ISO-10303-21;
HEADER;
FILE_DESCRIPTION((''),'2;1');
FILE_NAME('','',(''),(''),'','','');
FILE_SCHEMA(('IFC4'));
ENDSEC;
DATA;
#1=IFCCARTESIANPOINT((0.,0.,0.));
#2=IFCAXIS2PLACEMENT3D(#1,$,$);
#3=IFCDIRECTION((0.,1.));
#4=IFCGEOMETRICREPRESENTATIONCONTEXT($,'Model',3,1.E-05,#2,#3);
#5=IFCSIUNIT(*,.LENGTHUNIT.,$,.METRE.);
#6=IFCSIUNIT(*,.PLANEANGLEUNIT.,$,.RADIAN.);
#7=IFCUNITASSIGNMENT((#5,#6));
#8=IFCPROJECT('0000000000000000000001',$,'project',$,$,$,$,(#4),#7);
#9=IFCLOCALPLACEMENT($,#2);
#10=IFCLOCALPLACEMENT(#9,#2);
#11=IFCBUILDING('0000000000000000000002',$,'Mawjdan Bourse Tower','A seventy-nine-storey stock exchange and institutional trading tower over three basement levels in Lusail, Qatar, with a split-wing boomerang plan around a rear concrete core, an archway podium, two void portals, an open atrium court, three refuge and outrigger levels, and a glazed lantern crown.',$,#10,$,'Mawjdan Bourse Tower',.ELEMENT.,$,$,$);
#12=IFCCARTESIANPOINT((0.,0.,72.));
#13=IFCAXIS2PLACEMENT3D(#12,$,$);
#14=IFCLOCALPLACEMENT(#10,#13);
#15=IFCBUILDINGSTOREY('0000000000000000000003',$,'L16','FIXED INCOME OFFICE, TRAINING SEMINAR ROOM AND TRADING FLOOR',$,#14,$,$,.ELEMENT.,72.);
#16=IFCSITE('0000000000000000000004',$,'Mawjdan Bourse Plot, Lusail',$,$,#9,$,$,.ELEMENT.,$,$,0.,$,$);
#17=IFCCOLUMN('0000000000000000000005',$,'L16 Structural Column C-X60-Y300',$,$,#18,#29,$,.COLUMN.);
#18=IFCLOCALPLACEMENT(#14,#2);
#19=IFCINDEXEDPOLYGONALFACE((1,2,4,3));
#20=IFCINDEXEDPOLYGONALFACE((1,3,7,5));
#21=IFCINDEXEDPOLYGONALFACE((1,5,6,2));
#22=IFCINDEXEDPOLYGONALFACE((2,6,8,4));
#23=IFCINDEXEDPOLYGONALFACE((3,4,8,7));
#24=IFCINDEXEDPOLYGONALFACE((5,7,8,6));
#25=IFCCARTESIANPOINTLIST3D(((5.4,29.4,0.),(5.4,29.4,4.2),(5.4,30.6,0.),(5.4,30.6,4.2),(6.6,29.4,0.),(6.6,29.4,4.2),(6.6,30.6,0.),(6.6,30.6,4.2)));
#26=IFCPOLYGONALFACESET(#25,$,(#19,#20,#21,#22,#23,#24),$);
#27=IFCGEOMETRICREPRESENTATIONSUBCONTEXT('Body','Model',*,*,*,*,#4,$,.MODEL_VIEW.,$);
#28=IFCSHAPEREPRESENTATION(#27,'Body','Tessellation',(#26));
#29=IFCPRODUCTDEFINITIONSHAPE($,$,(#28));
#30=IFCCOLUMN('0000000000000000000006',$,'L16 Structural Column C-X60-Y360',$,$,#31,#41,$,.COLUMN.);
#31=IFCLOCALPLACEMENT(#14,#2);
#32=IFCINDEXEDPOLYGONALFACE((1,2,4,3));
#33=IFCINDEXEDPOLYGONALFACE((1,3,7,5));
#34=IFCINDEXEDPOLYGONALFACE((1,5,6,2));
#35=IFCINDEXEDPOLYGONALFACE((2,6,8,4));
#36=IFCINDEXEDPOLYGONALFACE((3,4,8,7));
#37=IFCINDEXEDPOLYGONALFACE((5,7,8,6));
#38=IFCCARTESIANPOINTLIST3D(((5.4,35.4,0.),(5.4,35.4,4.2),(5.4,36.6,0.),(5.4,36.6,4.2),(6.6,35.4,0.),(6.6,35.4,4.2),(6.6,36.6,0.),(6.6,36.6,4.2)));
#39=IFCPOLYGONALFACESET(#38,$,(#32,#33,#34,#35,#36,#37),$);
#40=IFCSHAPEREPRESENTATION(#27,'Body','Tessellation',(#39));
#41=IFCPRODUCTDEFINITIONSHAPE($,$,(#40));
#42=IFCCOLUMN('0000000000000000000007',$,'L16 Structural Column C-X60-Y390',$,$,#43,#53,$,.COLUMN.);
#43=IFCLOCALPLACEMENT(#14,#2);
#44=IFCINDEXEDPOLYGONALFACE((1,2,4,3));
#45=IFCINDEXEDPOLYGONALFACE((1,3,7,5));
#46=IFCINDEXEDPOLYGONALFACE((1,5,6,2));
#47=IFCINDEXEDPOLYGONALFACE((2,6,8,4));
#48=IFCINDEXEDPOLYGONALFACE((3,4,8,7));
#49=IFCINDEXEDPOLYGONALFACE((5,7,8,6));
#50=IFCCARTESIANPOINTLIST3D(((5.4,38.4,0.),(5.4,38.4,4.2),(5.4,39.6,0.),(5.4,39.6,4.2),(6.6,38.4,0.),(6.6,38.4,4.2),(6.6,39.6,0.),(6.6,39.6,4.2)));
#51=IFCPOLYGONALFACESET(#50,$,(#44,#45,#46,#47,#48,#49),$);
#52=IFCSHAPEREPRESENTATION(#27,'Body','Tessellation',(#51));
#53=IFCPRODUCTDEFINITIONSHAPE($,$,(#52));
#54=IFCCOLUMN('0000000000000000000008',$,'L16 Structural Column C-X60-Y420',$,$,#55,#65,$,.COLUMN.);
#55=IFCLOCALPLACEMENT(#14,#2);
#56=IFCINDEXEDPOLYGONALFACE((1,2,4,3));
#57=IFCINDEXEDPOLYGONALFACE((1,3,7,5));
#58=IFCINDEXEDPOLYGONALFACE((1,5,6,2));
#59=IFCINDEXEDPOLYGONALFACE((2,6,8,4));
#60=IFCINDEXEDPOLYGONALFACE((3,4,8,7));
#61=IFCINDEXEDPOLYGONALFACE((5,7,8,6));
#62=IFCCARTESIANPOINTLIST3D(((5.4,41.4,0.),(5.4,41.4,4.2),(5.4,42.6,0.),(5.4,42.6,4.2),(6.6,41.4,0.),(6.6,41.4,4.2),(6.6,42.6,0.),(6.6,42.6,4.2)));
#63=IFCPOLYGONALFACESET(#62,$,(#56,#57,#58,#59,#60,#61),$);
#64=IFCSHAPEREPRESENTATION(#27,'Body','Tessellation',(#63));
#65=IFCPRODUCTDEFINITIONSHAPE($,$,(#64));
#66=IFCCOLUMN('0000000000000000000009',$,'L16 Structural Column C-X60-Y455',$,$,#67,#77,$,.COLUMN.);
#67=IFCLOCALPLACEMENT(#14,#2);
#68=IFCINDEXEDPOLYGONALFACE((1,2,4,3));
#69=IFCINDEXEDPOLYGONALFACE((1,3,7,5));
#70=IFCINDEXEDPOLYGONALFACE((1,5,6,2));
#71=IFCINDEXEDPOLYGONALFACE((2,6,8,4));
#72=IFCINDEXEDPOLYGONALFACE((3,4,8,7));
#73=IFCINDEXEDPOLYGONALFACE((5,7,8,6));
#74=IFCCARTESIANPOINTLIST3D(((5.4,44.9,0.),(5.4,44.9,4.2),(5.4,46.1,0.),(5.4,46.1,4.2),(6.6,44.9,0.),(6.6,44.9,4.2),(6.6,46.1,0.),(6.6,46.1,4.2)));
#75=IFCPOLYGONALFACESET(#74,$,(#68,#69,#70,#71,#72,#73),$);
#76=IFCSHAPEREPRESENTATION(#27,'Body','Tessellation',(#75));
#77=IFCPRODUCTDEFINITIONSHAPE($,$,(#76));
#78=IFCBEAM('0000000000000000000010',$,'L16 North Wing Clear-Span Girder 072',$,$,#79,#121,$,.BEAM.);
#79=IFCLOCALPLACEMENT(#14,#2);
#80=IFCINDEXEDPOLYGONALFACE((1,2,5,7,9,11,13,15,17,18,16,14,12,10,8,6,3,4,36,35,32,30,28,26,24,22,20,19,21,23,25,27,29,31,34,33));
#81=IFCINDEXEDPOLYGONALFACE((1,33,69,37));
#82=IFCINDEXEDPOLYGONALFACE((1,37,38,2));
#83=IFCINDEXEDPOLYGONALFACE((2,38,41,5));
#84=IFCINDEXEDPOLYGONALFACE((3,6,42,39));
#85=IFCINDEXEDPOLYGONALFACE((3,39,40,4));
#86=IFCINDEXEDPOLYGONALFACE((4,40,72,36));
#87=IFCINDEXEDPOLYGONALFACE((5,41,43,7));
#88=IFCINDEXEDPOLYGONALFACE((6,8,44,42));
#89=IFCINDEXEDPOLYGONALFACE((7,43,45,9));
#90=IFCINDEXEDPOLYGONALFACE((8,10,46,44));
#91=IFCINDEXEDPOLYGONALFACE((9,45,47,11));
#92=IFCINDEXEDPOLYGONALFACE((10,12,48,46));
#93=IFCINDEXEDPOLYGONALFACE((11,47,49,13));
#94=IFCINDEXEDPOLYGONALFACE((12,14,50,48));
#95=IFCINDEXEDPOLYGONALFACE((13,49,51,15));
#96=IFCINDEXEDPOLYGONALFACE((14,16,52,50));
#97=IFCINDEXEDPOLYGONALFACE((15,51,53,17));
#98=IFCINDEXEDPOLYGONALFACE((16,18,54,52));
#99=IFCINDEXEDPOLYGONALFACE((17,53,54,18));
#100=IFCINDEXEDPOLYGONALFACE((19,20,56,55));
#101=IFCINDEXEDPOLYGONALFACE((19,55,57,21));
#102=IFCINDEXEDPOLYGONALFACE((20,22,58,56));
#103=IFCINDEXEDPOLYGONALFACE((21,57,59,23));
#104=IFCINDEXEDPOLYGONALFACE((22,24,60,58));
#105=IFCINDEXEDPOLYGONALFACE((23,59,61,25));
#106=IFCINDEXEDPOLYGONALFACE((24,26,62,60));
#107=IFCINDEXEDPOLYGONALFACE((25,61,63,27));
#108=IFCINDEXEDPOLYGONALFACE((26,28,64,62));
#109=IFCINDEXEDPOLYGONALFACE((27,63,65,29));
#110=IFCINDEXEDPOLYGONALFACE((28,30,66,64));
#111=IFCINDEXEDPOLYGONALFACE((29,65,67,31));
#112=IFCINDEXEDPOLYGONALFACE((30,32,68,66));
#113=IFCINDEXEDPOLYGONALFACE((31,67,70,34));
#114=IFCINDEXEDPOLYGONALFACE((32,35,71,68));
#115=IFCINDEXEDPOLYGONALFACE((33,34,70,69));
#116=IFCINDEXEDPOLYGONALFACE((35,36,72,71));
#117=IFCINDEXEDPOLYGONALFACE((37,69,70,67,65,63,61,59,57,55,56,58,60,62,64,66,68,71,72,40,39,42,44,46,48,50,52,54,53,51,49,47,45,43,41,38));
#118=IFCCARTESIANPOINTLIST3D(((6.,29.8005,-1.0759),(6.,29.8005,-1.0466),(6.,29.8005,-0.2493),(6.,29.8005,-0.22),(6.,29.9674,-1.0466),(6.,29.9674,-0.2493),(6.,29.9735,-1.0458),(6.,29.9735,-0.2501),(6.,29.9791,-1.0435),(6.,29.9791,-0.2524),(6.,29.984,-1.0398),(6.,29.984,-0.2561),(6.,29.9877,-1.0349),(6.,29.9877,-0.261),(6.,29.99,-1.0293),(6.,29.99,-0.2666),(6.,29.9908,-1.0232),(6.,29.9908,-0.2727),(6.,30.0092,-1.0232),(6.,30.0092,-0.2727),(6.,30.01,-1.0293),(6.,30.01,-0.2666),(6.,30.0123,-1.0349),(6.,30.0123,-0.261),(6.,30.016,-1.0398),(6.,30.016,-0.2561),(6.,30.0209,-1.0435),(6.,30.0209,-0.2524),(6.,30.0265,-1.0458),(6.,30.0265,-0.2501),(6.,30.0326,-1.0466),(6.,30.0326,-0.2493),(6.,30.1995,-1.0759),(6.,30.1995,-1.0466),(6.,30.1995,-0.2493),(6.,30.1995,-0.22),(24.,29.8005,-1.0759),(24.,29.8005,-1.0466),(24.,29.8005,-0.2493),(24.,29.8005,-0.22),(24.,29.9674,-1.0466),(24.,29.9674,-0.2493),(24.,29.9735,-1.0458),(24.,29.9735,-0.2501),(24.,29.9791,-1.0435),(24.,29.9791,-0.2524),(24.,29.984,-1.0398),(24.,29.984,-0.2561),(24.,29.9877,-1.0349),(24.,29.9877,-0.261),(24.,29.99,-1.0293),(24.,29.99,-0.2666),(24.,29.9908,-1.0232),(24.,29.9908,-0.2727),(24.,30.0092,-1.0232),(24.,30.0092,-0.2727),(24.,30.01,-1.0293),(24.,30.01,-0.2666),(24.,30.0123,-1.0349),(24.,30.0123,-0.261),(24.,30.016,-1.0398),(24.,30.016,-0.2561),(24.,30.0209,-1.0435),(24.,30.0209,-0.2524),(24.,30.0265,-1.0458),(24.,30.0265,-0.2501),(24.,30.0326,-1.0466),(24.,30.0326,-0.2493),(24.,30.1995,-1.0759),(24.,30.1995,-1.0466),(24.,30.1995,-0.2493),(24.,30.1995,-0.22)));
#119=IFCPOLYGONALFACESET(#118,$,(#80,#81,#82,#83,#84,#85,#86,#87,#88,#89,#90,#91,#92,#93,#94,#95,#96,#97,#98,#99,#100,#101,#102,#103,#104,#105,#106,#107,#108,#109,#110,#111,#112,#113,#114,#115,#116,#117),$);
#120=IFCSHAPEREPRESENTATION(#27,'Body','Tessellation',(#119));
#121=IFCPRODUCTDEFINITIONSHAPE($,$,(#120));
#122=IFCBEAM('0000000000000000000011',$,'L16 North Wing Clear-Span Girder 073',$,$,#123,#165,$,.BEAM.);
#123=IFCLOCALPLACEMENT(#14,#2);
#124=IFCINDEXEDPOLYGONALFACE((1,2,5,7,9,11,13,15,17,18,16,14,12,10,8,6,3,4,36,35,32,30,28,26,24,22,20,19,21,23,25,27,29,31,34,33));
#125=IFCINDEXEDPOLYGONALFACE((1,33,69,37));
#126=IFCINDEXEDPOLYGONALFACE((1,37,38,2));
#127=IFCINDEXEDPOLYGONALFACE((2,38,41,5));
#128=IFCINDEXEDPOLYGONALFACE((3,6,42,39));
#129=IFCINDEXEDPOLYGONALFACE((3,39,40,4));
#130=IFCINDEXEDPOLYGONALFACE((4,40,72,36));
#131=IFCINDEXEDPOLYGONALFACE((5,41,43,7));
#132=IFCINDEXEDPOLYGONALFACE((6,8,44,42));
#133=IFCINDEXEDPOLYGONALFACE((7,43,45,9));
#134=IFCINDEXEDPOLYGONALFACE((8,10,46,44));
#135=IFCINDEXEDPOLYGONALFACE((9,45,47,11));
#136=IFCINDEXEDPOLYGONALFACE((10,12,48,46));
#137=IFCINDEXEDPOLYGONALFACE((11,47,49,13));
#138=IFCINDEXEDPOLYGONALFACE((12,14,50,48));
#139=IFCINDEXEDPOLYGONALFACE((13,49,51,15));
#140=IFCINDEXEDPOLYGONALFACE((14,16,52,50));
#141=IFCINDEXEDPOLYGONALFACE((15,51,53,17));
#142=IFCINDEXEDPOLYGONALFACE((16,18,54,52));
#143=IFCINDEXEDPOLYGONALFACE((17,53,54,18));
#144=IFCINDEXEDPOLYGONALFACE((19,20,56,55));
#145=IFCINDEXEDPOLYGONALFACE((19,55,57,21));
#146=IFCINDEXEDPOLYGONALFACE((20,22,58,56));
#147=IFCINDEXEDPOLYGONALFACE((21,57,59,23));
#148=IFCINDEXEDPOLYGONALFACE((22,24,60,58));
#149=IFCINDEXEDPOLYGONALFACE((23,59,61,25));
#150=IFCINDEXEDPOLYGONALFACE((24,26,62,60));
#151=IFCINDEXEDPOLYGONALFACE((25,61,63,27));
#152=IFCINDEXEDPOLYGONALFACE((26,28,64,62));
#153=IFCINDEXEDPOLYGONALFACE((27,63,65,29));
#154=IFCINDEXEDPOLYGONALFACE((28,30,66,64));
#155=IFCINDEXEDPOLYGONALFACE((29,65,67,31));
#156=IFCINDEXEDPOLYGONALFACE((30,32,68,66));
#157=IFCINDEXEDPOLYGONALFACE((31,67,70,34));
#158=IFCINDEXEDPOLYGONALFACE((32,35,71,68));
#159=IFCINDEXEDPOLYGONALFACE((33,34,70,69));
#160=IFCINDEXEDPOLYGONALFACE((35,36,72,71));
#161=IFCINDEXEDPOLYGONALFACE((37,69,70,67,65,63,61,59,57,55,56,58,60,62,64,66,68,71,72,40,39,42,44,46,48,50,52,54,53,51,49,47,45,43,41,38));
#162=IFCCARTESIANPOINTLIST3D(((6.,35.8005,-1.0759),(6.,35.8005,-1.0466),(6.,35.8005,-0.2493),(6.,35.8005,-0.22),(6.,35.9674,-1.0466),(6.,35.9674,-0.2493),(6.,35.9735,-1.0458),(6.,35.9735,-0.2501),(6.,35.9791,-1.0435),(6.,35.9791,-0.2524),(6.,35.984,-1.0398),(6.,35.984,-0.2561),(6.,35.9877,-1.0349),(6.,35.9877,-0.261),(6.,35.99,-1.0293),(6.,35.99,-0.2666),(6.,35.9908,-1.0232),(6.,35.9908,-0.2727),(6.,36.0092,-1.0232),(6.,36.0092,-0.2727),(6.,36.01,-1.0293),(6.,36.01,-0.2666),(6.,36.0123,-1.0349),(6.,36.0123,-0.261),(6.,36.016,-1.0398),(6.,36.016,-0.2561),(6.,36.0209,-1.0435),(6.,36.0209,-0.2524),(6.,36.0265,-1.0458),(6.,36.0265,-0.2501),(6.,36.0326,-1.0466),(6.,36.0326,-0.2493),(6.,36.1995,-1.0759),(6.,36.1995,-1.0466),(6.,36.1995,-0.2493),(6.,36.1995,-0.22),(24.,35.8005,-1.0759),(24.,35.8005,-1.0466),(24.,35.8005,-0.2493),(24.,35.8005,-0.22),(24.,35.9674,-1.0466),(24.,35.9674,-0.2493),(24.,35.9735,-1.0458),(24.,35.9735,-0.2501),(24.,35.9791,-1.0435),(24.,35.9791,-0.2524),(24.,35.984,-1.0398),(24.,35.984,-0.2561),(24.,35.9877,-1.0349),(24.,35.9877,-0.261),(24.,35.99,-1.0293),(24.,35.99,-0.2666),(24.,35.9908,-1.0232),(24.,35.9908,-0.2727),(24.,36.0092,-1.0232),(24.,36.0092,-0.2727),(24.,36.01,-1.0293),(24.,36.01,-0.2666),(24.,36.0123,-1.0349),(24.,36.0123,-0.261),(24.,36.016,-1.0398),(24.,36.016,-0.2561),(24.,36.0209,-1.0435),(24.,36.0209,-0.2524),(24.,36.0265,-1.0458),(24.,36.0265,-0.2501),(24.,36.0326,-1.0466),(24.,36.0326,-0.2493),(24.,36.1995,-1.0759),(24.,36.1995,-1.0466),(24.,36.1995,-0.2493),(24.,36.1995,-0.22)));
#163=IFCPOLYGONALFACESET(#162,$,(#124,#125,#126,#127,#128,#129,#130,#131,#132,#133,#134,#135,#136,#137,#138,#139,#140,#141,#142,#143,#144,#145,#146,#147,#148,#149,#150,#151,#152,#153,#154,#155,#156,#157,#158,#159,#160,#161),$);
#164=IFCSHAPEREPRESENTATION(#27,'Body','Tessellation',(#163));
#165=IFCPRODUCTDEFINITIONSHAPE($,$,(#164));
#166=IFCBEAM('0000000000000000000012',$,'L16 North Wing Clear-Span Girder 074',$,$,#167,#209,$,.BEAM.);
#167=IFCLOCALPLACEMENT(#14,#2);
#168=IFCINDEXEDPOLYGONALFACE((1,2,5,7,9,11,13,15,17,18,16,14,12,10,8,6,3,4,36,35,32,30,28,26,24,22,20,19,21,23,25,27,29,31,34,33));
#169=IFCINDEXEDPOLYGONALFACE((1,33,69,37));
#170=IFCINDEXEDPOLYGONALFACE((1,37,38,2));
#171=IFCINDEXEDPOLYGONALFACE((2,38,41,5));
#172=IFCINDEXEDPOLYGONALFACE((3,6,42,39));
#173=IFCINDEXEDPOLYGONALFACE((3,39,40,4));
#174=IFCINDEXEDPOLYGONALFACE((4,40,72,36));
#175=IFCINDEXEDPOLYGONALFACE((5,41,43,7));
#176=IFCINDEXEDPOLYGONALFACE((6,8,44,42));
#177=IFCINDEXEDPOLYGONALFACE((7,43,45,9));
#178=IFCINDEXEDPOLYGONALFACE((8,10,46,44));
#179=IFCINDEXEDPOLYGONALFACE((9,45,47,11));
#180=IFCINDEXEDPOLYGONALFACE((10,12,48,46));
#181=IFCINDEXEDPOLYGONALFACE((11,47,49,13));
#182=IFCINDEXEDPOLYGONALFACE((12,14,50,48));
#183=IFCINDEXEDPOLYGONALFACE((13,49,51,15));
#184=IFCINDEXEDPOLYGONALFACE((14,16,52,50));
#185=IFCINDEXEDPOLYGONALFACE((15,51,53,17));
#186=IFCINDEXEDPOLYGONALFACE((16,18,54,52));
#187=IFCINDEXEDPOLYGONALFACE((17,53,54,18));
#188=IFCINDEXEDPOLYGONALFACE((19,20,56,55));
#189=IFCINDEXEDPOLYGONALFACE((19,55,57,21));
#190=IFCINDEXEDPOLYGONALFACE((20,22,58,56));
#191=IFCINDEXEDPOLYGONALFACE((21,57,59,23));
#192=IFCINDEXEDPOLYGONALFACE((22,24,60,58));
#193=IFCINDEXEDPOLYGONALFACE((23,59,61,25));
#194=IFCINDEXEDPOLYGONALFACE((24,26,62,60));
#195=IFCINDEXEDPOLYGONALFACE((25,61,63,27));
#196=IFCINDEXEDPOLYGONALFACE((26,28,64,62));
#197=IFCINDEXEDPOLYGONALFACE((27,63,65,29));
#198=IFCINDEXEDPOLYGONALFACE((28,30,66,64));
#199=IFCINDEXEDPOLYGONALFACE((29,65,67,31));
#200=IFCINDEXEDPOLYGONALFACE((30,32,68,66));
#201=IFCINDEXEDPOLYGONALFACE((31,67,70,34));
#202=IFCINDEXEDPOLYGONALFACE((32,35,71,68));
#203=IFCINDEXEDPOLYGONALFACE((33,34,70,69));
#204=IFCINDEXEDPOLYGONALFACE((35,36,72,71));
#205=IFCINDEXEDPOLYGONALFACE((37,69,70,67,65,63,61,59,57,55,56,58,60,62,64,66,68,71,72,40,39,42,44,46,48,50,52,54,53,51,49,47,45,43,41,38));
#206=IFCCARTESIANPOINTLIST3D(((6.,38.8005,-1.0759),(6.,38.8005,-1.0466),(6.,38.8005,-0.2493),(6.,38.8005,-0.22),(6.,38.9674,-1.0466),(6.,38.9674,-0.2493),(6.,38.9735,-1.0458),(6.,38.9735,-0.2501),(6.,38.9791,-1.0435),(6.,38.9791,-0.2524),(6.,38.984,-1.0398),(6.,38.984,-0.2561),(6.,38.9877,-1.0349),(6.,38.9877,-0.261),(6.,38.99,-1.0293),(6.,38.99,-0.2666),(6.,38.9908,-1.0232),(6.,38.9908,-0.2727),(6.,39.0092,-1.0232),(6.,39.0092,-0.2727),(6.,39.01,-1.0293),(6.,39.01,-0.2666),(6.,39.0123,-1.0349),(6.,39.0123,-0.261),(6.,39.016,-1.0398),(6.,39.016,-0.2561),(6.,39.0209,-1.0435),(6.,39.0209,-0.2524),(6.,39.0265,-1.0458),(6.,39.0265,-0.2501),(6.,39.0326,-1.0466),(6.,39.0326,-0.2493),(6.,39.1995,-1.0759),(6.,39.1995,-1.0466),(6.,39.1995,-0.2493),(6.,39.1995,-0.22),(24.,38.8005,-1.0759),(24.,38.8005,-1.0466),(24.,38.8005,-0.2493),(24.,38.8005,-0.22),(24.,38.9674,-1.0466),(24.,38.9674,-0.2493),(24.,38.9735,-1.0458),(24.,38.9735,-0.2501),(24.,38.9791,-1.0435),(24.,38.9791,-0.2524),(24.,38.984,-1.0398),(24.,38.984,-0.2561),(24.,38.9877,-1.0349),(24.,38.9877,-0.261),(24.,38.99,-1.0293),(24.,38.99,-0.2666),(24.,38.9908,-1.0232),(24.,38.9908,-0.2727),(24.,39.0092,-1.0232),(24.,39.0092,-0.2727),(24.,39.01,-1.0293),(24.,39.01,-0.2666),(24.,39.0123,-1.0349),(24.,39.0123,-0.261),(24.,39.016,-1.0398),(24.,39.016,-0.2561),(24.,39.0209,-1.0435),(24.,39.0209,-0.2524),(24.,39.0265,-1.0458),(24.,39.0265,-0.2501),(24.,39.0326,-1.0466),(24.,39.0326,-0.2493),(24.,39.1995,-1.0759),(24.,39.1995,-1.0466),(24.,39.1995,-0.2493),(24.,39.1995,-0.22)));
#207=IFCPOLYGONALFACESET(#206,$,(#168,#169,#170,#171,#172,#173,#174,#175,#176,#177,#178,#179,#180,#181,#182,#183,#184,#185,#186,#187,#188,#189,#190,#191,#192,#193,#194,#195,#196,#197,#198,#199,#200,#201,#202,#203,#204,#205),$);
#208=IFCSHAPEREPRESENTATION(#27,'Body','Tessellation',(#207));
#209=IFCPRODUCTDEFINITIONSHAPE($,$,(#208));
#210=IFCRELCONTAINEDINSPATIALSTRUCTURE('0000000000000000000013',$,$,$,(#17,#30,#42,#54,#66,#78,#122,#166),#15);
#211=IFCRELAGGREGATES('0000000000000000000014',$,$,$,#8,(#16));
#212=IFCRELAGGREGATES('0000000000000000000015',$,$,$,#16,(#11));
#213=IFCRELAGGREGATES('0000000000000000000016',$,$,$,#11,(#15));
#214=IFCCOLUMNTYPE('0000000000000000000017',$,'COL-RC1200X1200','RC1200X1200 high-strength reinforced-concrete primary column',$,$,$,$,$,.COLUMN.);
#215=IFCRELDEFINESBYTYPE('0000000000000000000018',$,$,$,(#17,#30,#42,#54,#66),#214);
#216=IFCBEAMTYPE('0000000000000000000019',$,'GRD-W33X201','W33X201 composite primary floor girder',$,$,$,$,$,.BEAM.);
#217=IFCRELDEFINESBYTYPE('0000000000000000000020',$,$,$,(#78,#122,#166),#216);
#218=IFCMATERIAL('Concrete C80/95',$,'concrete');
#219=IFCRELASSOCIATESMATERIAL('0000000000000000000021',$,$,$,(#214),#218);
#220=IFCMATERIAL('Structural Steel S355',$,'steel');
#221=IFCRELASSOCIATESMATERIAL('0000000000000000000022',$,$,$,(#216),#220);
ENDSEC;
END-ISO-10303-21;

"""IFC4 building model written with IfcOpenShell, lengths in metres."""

from ifc_helpers import new_model, si_unit, direction, frame, origin, origin_2d, place, context, subcontext, project, spatial, rectangle, i_section, extrude, material, material_profile, profile_set, type_object, element, save


model = new_model("IFC4")

# Units and contexts
model_context = context("Model", 3, precision=1e-05, world=origin(), true_north=direction((0.0, 1.0)))
body_context = subcontext(model_context, "Body", "Model", "MODEL_VIEW")
ifc_project = project(units=[si_unit("LENGTHUNIT", "METRE"), si_unit("PLANEANGLEUNIT", "RADIAN")], contexts=[model_context])

# Site, building, storey
site_placement = place(None, origin())
site = spatial("IfcSite", under=ifc_project, at=site_placement, Name="Mawjdan Bourse Plot, Lusail", CompositionType="ELEMENT", RefElevation=0.0)
building_placement = place(site_placement, origin())
building = spatial("IfcBuilding", under=site, at=building_placement, Name="Mawjdan Bourse Tower", Description="A seventy-nine-storey stock exchange and institutional trading tower over three basement levels in Lusail, Qatar, with a split-wing boomerang plan around a rear concrete core, an archway podium, two void portals, an open atrium court, three refuge and outrigger levels, and a glazed lantern crown.", LongName="Mawjdan Bourse Tower", CompositionType="ELEMENT")
storey_placement = place(building_placement, frame((0.0, 0.0, 72.0)))
storey = spatial("IfcBuildingStorey", under=building, at=storey_placement, Name="L16", Description="FIXED INCOME OFFICE, TRAINING SEMINAR ROOM AND TRADING FLOOR", CompositionType="ELEMENT", Elevation=72.0)

# Columns
ifc_material_1 = material(Name="Concrete C80/95", Category="concrete")
ifc_material_profile_1 = material_profile(ifc_material_1, rectangle(XDim=1.2, YDim=1.2, at=origin_2d()), Name="RC1200X1200")
ifc_profile_set_1 = profile_set([ifc_material_profile_1], Name="Concrete C80/95")
column_type = type_object("IfcColumnType", Name="COL-RC1200X1200", Description="RC1200X1200 high-strength reinforced-concrete primary column", PredefinedType="COLUMN", material=ifc_profile_set_1)
for number, where, z_axis, x_axis, name in (
    (1, (6.0, 30.0, 0.0), (0.0, 0.0, 1.0), (1.0, 0.0, 0.0), "L16 Structural Column C-X60-Y300"),
    (2, (6.0, 36.0, 0.0), (0.0, 0.0, 1.0), (1.0, 0.0, 0.0), "L16 Structural Column C-X60-Y360"),
    (3, (6.0, 39.0, 0.0), (0.0, 0.0, 1.0), (1.0, 0.0, 0.0), "L16 Structural Column C-X60-Y390"),
    (4, (6.0, 42.0, 0.0), (0.0, 0.0, 1.0), (1.0, 0.0, 0.0), "L16 Structural Column C-X60-Y420"),
    (5, (6.0, 45.5, 0.0), (0.0, 0.0, 1.0), (1.0, 0.0, 0.0), "L16 Structural Column C-X60-Y455"),
):
    element("IfcColumn", number, at=place(storey_placement, frame(where, z_axis=z_axis, x_axis=x_axis)), inside=storey, type_object=column_type, Name=name, PredefinedType="COLUMN", context=body_context, shape_type="SweptSolid", body=[
        extrude(rectangle(XDim=1.2, YDim=1.2, at=origin_2d()), origin(), (0.0, 0.0, 1.0), 4.2),
    ])

# Beams
ifc_material_2 = material(Name="Structural Steel S355", Category="steel")
ifc_material_profile_2 = material_profile(ifc_material_2, i_section(OverallWidth=0.3989, OverallDepth=0.856, WebThickness=0.0183, FlangeThickness=0.0293, FilletRadius=0.0234, at=origin_2d()), Name="W33X201")
ifc_profile_set_2 = profile_set([ifc_material_profile_2], Name="Structural Steel S355")
beam_type_1 = type_object("IfcBeamType", Name="GRD-W33X201", Description="W33X201 composite primary floor girder", PredefinedType="BEAM", material=ifc_profile_set_2)
for number, where, z_axis, x_axis, name in (
    (6, (6.0, 30.0, -0.6479), (1.0, 0.0, 0.0), (0.0, 1.0, 0.0), "L16 North Wing Clear-Span Girder 072"),
    (7, (6.0, 36.0, -0.6479), (1.0, 0.0, 0.0), (0.0, 1.0, 0.0), "L16 North Wing Clear-Span Girder 073"),
    (8, (6.0, 39.0, -0.6479), (1.0, 0.0, 0.0), (0.0, 1.0, 0.0), "L16 North Wing Clear-Span Girder 074"),
):
    element("IfcBeam", number, at=place(storey_placement, frame(where, z_axis=z_axis, x_axis=x_axis)), inside=storey, type_object=beam_type_1, Name=name, PredefinedType="BEAM", context=body_context, shape_type="SweptSolid", body=[
        extrude(i_section(OverallWidth=0.3989, OverallDepth=0.856, WebThickness=0.0183, FlangeThickness=0.0293, FilletRadius=0.0234, at=origin_2d()), origin(), (0.0, 0.0, 1.0), 18.0),
    ])

save(model, "model.ifc")
